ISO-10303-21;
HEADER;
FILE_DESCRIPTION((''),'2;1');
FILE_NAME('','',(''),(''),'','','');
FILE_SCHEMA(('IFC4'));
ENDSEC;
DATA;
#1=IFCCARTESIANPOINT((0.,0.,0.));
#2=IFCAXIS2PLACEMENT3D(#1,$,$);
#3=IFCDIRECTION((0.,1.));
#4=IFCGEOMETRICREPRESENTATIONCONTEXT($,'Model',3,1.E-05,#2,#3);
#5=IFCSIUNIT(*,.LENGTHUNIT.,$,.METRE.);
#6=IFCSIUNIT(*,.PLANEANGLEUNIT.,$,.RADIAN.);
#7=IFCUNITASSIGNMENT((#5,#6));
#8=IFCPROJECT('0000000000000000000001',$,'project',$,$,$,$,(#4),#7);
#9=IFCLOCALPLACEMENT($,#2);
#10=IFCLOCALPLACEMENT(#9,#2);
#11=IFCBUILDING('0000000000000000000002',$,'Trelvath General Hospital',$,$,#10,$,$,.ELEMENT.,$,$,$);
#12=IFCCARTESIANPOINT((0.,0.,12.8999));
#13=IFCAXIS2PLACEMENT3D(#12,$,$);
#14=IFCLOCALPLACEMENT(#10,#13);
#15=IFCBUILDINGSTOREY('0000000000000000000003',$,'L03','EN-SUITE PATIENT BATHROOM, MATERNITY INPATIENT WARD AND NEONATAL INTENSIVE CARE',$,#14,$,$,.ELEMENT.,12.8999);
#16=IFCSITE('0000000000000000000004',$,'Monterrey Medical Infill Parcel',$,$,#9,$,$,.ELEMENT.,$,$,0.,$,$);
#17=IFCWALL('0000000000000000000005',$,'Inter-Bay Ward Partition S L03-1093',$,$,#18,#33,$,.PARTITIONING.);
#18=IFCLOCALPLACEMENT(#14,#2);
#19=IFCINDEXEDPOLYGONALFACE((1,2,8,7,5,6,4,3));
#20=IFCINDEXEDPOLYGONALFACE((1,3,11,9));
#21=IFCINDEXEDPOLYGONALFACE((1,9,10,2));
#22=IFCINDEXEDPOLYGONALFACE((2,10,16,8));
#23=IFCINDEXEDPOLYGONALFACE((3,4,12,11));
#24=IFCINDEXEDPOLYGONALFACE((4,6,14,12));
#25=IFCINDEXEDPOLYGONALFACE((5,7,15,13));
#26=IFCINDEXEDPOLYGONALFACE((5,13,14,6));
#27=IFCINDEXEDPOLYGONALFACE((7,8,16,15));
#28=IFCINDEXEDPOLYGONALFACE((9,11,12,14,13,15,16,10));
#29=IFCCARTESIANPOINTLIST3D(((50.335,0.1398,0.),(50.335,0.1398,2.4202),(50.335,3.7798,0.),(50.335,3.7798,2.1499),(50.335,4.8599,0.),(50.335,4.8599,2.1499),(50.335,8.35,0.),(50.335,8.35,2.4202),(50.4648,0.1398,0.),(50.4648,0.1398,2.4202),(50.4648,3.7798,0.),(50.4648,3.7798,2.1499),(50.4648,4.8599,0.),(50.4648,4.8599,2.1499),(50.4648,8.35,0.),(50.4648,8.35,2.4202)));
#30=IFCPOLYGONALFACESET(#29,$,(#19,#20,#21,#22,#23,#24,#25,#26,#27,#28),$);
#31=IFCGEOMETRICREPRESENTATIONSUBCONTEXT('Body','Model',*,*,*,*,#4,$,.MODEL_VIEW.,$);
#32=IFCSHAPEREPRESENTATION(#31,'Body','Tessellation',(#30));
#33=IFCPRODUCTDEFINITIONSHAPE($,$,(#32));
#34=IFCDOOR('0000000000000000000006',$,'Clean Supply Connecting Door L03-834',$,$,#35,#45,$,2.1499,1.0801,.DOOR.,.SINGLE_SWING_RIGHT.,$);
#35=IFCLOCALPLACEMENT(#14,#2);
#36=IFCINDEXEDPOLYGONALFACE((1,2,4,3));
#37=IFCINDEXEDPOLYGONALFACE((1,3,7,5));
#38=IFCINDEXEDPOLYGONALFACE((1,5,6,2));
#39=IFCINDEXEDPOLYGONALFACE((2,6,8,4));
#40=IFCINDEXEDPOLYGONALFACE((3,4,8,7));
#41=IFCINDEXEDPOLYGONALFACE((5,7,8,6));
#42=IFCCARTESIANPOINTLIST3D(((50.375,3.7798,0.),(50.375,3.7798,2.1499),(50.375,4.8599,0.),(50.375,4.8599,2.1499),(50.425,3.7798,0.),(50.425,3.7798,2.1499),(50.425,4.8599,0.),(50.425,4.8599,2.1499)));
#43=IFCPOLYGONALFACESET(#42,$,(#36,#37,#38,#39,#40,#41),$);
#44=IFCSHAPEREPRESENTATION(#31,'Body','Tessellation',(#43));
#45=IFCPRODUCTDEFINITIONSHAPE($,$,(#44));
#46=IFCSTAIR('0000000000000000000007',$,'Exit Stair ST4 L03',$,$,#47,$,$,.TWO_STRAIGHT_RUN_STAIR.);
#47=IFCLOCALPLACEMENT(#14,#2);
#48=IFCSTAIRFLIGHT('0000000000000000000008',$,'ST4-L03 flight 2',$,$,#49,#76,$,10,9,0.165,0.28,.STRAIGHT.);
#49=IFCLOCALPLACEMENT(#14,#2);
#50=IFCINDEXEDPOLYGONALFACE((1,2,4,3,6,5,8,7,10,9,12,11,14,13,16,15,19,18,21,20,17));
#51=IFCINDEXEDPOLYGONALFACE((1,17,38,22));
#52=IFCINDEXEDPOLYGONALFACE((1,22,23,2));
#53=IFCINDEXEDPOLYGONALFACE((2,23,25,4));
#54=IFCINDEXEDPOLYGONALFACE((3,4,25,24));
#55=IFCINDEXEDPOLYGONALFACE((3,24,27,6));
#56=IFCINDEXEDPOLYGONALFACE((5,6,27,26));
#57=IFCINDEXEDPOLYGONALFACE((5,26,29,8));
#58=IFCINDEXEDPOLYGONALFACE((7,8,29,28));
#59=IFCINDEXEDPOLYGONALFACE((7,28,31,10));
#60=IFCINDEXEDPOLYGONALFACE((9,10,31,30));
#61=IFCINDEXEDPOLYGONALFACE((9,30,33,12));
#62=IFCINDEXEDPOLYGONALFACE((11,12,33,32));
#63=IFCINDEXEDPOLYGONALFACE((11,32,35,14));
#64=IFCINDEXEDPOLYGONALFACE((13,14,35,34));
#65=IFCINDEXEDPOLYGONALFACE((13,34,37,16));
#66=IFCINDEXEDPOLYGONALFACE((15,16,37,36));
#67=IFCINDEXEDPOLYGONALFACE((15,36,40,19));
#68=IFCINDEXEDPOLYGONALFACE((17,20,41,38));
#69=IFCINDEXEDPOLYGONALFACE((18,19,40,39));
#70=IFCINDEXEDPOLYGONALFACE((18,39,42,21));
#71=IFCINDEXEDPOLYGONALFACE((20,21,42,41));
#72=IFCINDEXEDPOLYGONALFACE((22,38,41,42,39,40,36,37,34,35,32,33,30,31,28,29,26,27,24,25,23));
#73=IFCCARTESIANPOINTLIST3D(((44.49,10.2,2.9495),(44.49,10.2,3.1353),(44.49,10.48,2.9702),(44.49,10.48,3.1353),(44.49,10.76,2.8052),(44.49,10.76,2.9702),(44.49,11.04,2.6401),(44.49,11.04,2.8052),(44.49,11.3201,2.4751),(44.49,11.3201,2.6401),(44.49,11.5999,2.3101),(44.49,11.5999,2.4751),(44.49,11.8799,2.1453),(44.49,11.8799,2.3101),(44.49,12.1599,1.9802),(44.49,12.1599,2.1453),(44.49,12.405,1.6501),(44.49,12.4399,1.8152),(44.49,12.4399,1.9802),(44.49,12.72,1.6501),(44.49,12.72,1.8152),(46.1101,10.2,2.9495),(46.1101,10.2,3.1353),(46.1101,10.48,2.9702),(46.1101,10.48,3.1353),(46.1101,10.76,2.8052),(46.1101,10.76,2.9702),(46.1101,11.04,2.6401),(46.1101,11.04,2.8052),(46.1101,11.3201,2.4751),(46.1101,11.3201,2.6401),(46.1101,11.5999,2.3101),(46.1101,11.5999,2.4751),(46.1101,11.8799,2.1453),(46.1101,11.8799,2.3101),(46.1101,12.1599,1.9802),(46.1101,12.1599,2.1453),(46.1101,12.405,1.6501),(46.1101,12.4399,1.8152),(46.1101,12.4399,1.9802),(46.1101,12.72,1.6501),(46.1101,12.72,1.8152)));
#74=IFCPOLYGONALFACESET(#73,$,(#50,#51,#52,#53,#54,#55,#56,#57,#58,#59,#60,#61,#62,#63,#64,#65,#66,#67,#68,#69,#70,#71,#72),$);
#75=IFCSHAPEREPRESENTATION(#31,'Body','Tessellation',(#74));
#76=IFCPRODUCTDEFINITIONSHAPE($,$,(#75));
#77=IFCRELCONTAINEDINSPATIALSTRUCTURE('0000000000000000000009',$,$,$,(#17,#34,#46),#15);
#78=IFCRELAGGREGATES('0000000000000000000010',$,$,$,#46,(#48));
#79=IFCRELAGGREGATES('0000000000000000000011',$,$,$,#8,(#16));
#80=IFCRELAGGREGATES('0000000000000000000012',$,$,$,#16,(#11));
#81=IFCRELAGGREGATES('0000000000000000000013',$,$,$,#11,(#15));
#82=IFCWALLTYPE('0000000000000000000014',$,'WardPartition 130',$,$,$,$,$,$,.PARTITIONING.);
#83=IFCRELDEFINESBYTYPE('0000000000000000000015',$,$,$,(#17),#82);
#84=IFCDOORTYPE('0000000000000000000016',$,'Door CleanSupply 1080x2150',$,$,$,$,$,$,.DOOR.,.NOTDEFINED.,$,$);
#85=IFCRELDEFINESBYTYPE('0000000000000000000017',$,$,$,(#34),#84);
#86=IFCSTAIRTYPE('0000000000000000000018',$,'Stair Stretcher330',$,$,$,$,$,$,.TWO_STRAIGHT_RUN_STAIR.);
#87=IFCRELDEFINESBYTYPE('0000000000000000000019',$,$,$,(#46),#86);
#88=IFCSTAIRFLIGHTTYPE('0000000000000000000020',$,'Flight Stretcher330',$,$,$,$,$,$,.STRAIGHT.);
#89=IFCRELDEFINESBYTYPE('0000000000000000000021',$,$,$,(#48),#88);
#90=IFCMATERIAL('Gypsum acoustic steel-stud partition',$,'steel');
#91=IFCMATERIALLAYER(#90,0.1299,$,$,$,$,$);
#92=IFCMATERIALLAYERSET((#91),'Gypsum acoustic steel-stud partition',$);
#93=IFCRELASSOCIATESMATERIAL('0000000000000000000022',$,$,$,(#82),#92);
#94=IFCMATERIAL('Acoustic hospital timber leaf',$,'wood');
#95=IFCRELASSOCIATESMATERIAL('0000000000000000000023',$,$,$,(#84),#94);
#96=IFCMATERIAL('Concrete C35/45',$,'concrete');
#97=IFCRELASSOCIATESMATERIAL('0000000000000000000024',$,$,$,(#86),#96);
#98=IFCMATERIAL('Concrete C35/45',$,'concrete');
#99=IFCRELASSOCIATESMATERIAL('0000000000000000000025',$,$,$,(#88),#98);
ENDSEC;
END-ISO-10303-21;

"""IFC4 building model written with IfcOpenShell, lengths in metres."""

from ifc_helpers import new_model, si_unit, direction, frame, frame_2d, origin, place, context, subcontext, project, spatial, polyline, rectangle, outline, extrude, material, layer, layer_set, type_object, element, fill, aggregate, save


model = new_model("IFC4")

# Units and contexts
model_context = context("Model", 3, precision=1e-05, world=origin(), true_north=direction((0.0, 1.0)))
body_context = subcontext(model_context, "Body", "Model", "MODEL_VIEW")
ifc_project = project(units=[si_unit("LENGTHUNIT", "METRE"), si_unit("PLANEANGLEUNIT", "RADIAN")], contexts=[model_context])

# Site, building, storey
site_placement = place(None, origin())
site = spatial("IfcSite", under=ifc_project, at=site_placement, Name="Monterrey Medical Infill Parcel", CompositionType="ELEMENT", RefElevation=0.0)
building_placement = place(site_placement, origin())
building = spatial("IfcBuilding", under=site, at=building_placement, Name="Trelvath General Hospital", CompositionType="ELEMENT")
storey_placement = place(building_placement, frame((0.0, 0.0, 12.8999)))
storey = spatial("IfcBuildingStorey", under=building, at=storey_placement, Name="L03", Description="EN-SUITE PATIENT BATHROOM, MATERNITY INPATIENT WARD AND NEONATAL INTENSIVE CARE", CompositionType="ELEMENT", Elevation=12.8999)

# Wall, opening, door
ifc_material_1 = material(Name="Gypsum acoustic steel-stud partition", Category="steel")
ifc_layer_1 = layer(ifc_material_1, 0.1299)
ifc_layer_set_1 = layer_set([ifc_layer_1], Name="Gypsum acoustic steel-stud partition")
wall_type_1 = type_object("IfcWallType", Name="WardPartition 130", PredefinedType="PARTITIONING", material=ifc_layer_set_1)
wall_1_placement = place(storey_placement, frame((50.3999, 0.1399, 0.0), z_axis=(0.0, 0.0, 1.0), x_axis=(0.0, 1.0, 0.0)))
wall_1 = element("IfcWall", 1, at=wall_1_placement, inside=storey, type_object=wall_type_1, Name="Inter-Bay Ward Partition S L03-1093", PredefinedType="PARTITIONING", context=body_context, shape_type="SweptSolid", body=[
    extrude(rectangle(XDim=8.2102, YDim=0.1299, at=frame_2d((4.105, 0.0))), origin(), (0.0, 0.0, 1.0), 2.4202),
])
opening_1_placement = place(wall_1_placement, frame((3.6399, 0.0, 0.0)))
opening_1 = element("IfcOpeningElement", 2, at=opening_1_placement, cuts=wall_1, PredefinedType="OPENING", context=body_context, shape_type="SweptSolid", body=[
    extrude(rectangle(XDim=1.0801, YDim=2.1499, at=frame_2d((0.54, 1.075))), frame((0.0, 0.075, 0.0), z_axis=(0.0, -1.0, 0.0), x_axis=(1.0, 0.0, 0.0)), (0.0, 0.0, 1.0), 0.1499),
])
ifc_material_2 = material(Name="Acoustic hospital timber leaf", Category="wood")
door_type_1 = type_object("IfcDoorType", Name="Door CleanSupply 1080x2150", OperationType="NOTDEFINED", PredefinedType="DOOR", material=ifc_material_2)
door_1_placement = place(opening_1_placement, origin())
door_1 = element("IfcDoor", 3, at=door_1_placement, inside=storey, type_object=door_type_1, Name="Clean Supply Connecting Door L03-834", OperationType="SINGLE_SWING_RIGHT", OverallHeight=2.1499, OverallWidth=1.0801, PredefinedType="DOOR", context=body_context, shape_type="SweptSolid", body=[
    extrude(rectangle(XDim=1.0801, YDim=2.1499, at=frame_2d((0.54, 1.075))), frame((0.0, 0.0249, 0.0), z_axis=(0.0, -1.0, 0.0), x_axis=(1.0, 0.0, 0.0)), (0.0, 0.0, 1.0), 0.05),
])
fill(opening_1, door_1)

# Stair, stair flight
ifc_material_3 = material(Name="Concrete C35/45", Category="concrete")
stair_type = type_object("IfcStairType", Name="Stair Stretcher330", PredefinedType="TWO_STRAIGHT_RUN_STAIR", material=ifc_material_3)
stair_placement = place(storey_placement, origin())
stair = element("IfcStair", 4, at=stair_placement, inside=storey, type_object=stair_type, Name="Exit Stair ST4 L03", PredefinedType="TWO_STRAIGHT_RUN_STAIR")
ifc_material_4 = material(Name="Concrete C35/45", Category="concrete")
stair_flight_type = type_object("IfcStairFlightType", Name="Flight Stretcher330", PredefinedType="STRAIGHT", material=ifc_material_4)
stair_flight_placement = place(storey_placement, frame((45.3, 12.72, 1.6501), z_axis=(0.0, 0.0, 1.0), x_axis=(0.0, -1.0, 0.0)))
stair_flight = element("IfcStairFlight", 5, at=stair_flight_placement, type_object=stair_flight_type, Name="ST4-L03 flight 2", NumberOfRisers=10, NumberOfTreads=9, PredefinedType="STRAIGHT", RiserHeight=0.165, TreadLength=0.28, context=body_context, shape_type="SweptSolid", body=[
    extrude(outline(polyline([(0.0, 0.0), (0.0, 0.165), (0.28, 0.165), (0.28, 0.3301), (0.5601, 0.3301), (0.5601, 0.4951), (0.8401, 0.4951), (0.8401, 0.6599), (1.1201, 0.6599), (1.1201, 0.825), (1.3999, 0.825), (1.3999, 0.99), (1.6799, 0.99), (1.6799, 1.155), (1.96, 1.155), (1.96, 1.3201), (2.24, 1.3201), (2.24, 1.4851), (2.52, 1.4851), (2.52, 1.6499), (2.52, 1.2993), (0.3149, 0.0), (0.0, 0.0)])), frame((0.0, 0.8101, 0.0), z_axis=(0.0, -1.0, 0.0), x_axis=(1.0, 0.0, 0.0)), (0.0, 0.0, 1.0), 1.6201),
])
aggregate(stair, [stair_flight])

save(model, "model.ifc")
